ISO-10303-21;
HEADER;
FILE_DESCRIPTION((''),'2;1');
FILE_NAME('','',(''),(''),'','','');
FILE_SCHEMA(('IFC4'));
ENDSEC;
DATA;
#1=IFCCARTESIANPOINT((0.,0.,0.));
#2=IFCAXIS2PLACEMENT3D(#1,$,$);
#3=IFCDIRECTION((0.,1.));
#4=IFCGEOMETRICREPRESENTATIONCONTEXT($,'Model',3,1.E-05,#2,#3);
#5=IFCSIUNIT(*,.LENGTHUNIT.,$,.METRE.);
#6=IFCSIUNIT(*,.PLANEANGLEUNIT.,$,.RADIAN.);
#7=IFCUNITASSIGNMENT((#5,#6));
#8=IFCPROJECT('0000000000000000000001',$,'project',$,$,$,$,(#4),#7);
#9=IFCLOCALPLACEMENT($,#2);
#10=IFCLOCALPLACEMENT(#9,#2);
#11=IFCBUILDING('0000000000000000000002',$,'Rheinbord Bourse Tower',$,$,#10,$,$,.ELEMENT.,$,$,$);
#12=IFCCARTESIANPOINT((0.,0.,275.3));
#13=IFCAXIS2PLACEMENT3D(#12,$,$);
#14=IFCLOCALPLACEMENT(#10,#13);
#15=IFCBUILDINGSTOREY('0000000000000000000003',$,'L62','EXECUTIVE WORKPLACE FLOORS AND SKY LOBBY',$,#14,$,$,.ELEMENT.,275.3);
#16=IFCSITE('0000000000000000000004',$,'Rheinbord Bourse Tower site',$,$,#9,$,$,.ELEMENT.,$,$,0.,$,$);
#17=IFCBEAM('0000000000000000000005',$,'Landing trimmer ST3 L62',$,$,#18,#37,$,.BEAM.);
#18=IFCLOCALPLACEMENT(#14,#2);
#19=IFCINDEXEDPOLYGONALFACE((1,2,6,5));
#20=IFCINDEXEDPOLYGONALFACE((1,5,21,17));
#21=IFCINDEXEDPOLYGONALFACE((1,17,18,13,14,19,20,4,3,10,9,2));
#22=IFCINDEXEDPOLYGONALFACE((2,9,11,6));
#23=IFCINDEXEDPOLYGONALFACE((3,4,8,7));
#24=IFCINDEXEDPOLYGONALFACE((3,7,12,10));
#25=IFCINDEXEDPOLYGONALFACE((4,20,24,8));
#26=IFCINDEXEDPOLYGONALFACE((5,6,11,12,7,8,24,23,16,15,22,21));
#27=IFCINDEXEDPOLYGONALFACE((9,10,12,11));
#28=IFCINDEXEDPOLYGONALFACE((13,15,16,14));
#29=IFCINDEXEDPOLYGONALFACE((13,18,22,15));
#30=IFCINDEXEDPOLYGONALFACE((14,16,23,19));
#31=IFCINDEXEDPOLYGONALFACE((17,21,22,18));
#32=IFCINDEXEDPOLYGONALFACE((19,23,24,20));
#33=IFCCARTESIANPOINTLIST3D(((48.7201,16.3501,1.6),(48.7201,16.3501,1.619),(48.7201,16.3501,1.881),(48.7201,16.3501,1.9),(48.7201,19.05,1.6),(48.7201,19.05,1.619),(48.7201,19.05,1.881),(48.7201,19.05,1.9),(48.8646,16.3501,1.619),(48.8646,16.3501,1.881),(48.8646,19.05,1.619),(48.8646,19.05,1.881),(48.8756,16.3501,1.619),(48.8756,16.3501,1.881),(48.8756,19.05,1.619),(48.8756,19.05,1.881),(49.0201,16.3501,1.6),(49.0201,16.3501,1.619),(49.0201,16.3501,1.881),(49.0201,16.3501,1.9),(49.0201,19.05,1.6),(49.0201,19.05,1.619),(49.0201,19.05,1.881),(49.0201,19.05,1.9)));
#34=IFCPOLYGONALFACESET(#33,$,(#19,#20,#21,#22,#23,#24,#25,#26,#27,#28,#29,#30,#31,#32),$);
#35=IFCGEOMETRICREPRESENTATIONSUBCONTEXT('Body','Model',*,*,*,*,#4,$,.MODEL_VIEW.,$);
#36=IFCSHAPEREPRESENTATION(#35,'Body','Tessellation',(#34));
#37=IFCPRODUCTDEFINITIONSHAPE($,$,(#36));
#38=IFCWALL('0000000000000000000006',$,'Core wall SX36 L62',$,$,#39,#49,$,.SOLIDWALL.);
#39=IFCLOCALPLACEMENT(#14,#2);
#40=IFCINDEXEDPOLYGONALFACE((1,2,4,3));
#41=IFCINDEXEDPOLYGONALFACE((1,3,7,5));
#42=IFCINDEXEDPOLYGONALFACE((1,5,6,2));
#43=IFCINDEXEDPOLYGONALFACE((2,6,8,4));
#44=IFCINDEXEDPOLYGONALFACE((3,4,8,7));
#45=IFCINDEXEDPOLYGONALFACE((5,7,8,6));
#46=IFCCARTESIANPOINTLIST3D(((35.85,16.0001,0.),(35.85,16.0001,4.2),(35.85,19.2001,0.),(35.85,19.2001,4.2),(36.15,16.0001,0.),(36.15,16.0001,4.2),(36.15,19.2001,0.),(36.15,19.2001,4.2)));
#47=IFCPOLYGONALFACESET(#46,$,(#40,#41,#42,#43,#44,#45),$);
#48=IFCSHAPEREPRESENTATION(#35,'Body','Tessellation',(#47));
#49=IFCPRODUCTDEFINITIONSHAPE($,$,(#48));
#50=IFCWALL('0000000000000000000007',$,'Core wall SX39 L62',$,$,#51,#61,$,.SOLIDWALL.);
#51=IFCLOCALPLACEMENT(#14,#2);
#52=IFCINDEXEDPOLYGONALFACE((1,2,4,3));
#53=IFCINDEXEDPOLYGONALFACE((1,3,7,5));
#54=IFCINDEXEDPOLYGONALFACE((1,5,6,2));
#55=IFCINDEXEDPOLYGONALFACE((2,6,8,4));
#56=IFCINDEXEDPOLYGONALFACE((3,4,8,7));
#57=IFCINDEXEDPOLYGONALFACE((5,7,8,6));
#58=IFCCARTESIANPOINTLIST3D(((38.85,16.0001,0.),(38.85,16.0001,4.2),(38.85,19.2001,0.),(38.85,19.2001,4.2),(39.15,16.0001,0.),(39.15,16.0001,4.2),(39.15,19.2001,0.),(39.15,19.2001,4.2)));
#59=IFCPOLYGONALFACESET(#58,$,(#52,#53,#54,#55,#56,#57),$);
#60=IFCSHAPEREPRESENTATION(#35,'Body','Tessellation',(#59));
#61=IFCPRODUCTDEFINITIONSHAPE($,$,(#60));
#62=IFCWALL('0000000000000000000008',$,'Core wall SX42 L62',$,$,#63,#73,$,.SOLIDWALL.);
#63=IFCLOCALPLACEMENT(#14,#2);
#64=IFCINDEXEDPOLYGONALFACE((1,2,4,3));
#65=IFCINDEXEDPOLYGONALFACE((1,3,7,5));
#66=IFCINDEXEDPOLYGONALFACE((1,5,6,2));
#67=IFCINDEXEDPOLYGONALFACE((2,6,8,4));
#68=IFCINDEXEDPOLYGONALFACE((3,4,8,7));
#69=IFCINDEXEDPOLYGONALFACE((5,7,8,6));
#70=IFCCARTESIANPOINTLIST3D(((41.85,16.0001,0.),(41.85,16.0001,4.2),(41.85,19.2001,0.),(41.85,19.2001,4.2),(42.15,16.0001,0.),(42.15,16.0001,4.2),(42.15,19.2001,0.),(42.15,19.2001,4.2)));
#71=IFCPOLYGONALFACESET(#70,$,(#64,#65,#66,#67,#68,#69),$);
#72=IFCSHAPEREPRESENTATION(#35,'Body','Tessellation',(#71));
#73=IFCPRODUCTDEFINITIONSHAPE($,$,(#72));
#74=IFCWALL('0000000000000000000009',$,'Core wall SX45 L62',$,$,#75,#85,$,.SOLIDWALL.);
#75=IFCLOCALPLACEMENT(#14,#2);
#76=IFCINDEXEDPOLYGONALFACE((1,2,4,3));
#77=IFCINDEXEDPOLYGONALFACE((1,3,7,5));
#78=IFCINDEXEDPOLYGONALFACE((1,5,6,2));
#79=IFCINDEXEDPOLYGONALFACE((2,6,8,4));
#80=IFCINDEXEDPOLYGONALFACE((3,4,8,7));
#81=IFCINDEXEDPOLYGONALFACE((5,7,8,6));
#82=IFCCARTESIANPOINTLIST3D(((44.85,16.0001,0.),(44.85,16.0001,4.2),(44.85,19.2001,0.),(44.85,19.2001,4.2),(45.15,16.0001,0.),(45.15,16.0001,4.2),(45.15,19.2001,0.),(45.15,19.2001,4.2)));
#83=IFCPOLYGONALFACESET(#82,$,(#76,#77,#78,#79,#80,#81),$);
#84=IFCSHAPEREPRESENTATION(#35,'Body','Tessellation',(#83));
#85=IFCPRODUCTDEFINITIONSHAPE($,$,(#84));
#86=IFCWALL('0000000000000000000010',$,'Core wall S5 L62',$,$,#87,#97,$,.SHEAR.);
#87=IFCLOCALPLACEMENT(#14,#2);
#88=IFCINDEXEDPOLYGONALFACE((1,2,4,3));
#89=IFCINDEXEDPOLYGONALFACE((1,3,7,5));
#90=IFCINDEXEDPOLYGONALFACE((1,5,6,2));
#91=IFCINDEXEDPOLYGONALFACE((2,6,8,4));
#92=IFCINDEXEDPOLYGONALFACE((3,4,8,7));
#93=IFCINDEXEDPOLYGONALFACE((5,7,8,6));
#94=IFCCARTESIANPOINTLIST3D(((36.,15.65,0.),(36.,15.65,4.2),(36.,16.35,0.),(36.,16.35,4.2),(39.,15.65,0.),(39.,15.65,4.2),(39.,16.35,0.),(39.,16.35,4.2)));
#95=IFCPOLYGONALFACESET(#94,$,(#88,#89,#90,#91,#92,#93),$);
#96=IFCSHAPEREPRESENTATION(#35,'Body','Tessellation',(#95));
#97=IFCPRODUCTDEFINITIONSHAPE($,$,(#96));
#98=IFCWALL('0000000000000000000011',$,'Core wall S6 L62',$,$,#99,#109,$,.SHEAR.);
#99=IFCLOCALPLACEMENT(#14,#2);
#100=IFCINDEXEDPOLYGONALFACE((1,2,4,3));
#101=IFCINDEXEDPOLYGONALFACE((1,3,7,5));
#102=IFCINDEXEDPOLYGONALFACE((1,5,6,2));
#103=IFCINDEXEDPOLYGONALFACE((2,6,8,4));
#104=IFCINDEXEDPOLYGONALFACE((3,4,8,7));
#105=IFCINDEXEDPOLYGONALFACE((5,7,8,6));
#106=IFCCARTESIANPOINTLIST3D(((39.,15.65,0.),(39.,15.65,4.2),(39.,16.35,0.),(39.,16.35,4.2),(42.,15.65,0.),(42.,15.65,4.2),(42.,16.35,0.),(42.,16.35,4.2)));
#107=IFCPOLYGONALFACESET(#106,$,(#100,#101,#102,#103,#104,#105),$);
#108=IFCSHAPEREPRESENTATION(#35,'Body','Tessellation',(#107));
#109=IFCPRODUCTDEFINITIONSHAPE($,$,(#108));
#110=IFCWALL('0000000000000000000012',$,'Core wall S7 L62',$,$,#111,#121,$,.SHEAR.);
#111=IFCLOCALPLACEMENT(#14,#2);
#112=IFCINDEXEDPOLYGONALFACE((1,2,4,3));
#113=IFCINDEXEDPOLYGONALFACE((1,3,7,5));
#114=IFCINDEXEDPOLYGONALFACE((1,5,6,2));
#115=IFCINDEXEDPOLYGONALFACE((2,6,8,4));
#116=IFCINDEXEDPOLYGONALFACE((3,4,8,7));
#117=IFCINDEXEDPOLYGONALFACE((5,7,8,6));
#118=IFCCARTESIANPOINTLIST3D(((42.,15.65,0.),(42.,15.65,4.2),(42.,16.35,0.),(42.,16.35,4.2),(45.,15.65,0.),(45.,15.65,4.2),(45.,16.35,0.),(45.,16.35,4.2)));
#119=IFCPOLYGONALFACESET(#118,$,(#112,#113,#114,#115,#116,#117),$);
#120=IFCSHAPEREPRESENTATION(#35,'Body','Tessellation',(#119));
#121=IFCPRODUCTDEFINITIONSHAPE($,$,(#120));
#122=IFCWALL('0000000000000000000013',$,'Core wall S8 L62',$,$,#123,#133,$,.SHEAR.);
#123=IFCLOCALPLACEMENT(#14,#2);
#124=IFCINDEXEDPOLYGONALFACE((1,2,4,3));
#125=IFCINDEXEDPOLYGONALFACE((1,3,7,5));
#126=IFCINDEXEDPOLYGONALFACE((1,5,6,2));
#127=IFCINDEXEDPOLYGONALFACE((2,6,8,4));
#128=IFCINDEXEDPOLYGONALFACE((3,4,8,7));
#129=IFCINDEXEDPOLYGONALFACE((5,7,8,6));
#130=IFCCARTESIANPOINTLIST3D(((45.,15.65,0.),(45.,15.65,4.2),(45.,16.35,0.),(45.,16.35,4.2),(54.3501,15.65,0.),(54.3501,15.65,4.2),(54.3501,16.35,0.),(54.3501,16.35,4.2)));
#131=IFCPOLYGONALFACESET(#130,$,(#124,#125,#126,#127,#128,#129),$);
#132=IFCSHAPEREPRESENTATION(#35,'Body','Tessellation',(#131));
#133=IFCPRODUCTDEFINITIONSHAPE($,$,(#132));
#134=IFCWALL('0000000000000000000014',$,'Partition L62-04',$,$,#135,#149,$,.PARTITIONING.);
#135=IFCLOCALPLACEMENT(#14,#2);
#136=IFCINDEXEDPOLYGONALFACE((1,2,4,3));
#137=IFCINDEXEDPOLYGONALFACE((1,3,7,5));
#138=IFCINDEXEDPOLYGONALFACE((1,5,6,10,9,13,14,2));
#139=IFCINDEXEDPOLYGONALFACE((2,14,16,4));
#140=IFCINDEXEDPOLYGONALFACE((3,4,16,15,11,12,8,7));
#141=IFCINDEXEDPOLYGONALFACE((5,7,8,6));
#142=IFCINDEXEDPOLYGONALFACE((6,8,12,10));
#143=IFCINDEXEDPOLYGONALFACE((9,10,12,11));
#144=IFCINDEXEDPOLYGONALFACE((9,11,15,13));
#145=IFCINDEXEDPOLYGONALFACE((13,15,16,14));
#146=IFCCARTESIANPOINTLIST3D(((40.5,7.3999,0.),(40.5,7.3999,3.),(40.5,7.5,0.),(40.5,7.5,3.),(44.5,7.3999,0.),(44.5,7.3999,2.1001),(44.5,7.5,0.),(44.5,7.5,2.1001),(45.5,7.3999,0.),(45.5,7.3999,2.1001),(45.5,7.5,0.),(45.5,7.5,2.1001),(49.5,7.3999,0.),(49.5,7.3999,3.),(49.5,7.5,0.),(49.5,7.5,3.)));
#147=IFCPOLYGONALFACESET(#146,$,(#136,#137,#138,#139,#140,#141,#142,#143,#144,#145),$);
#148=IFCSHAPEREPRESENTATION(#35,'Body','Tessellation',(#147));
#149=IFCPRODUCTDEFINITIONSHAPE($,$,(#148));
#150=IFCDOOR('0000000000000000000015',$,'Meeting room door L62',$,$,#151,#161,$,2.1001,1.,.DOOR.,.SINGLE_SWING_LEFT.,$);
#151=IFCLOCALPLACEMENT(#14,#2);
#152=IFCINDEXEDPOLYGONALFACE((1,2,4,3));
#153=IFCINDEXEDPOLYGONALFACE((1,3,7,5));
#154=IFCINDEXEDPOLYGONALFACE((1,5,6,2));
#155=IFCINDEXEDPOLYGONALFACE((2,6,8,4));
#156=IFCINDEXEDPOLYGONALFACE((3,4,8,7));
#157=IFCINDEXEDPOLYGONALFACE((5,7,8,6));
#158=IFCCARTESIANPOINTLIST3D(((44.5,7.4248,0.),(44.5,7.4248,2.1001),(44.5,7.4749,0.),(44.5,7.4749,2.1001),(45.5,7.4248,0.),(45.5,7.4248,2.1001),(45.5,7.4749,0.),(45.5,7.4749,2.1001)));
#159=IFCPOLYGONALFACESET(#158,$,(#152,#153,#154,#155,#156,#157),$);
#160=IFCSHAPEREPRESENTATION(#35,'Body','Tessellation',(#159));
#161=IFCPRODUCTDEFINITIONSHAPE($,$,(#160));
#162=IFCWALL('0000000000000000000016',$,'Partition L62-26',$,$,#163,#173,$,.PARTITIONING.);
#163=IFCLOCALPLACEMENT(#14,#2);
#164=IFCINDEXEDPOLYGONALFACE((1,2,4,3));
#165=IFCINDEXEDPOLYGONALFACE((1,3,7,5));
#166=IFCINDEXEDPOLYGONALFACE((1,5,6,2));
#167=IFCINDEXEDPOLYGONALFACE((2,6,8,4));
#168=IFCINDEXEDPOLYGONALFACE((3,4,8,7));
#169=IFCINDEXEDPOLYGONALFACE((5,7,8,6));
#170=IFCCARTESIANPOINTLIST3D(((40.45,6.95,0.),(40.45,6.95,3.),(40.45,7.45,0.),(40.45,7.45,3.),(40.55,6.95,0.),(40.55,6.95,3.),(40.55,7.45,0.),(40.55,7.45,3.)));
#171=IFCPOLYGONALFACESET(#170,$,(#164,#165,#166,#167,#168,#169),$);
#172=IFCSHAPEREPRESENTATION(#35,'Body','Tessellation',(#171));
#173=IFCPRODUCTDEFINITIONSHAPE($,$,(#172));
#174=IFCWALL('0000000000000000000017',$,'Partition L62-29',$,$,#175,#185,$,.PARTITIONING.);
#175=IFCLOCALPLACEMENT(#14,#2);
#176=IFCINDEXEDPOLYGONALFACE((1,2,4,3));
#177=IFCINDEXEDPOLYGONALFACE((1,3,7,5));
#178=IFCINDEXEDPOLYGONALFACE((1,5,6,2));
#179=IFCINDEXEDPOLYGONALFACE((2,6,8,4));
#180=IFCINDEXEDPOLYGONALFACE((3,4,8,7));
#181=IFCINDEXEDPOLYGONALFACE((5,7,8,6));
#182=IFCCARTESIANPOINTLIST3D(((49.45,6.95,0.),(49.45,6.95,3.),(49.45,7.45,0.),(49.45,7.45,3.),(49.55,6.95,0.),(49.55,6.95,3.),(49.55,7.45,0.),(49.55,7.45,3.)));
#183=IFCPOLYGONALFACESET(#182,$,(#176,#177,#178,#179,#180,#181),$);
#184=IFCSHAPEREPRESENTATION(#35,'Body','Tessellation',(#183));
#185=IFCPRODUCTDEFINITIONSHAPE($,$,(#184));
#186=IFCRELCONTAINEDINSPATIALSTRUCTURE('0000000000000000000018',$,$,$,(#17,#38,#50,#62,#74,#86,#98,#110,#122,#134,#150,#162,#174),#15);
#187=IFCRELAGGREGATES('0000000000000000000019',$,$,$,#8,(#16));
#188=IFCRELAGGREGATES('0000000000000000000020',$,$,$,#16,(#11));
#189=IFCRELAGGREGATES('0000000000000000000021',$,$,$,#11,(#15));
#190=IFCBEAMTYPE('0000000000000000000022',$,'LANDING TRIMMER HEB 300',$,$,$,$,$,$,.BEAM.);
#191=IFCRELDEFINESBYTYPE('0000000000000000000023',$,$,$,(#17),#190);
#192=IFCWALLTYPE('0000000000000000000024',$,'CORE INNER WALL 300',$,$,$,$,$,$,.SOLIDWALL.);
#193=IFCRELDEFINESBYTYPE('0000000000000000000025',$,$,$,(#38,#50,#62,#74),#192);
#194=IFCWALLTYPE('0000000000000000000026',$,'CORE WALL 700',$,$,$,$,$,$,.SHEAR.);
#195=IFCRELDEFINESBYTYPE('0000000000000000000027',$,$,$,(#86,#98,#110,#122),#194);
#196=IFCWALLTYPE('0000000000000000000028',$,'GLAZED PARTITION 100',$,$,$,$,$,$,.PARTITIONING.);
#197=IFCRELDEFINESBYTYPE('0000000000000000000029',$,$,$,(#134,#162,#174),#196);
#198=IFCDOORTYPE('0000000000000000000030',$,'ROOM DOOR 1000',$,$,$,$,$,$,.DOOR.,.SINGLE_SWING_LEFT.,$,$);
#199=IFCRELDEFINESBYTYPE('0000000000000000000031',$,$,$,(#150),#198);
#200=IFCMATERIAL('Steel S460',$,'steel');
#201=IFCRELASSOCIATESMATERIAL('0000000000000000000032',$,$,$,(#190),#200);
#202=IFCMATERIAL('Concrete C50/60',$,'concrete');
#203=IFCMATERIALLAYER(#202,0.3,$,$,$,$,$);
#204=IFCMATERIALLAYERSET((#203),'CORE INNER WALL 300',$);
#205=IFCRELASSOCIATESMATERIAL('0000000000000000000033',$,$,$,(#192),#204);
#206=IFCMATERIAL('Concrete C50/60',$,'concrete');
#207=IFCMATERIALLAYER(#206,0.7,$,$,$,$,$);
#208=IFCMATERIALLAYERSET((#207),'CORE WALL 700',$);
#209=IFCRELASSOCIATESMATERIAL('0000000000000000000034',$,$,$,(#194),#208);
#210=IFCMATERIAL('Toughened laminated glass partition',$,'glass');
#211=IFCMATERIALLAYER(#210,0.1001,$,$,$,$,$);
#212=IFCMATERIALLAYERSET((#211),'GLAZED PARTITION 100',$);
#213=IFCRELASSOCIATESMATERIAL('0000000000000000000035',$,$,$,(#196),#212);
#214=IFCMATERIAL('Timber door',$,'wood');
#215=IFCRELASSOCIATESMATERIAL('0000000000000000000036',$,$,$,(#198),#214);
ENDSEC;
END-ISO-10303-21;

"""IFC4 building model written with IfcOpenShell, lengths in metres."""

from ifc_helpers import new_model, si_unit, direction, frame, frame_2d, origin, origin_2d, place, context, subcontext, project, spatial, rectangle, i_section, extrude, material, layer, layer_set, material_profile, profile_set, type_object, element, fill, save


model = new_model("IFC4")

# Units and contexts
model_context = context("Model", 3, precision=1e-05, world=origin(), true_north=direction((0.0, 1.0)))
body_context = subcontext(model_context, "Body", "Model", "MODEL_VIEW")
ifc_project = project(units=[si_unit("LENGTHUNIT", "METRE"), si_unit("PLANEANGLEUNIT", "RADIAN")], contexts=[model_context])

# Site, building, storey
site_placement = place(None, origin())
site = spatial("IfcSite", under=ifc_project, at=site_placement, Name="Rheinbord Bourse Tower site", CompositionType="ELEMENT", RefElevation=0.0)
building_placement = place(site_placement, origin())
building = spatial("IfcBuilding", under=site, at=building_placement, Name="Rheinbord Bourse Tower", CompositionType="ELEMENT")
storey_placement = place(building_placement, frame((0.0, 0.0, 275.3)))
storey = spatial("IfcBuildingStorey", under=building, at=storey_placement, Name="L62", Description="EXECUTIVE WORKPLACE FLOORS AND SKY LOBBY", CompositionType="ELEMENT", Elevation=275.3)

# Beam
ifc_material_1 = material(Name="Steel S460", Category="steel")
ifc_material_profile = material_profile(ifc_material_1, i_section(OverallWidth=0.3, OverallDepth=0.3, WebThickness=0.011, FlangeThickness=0.019, at=origin_2d()), Name="HEB 300")
ifc_profile_set = profile_set([ifc_material_profile], Name="Steel S460")
beam_type = type_object("IfcBeamType", Name="LANDING TRIMMER HEB 300", PredefinedType="BEAM", material=ifc_profile_set)
beam_placement = place(storey_placement, frame((48.8701, 16.3501, 1.75), z_axis=(0.0, 1.0, 0.0), x_axis=(-1.0, 0.0, 0.0)))
element("IfcBeam", 1, at=beam_placement, inside=storey, type_object=beam_type, Name="Landing trimmer ST3 L62", PredefinedType="BEAM", context=body_context, shape_type="SweptSolid", body=[
    extrude(i_section(OverallWidth=0.3, OverallDepth=0.3, WebThickness=0.011, FlangeThickness=0.019, at=origin_2d()), origin(), (0.0, 0.0, 1.0), 2.7),
])

# Walls
ifc_material_2 = material(Name="Concrete C50/60", Category="concrete")
ifc_layer_1 = layer(ifc_material_2, 0.3)
ifc_layer_set_1 = layer_set([ifc_layer_1], Name="CORE INNER WALL 300")
wall_type_1 = type_object("IfcWallType", Name="CORE INNER WALL 300", PredefinedType="SOLIDWALL", material=ifc_layer_set_1)
for number, where, z_axis, x_axis, name in (
    (2, (36.0, 16.0, 0.0), (0.0, 0.0, 1.0), (0.0, 1.0, 0.0), "Core wall SX36 L62"),
    (3, (39.0, 16.0, 0.0), (0.0, 0.0, 1.0), (0.0, 1.0, 0.0), "Core wall SX39 L62"),
    (4, (42.0, 16.0, 0.0), (0.0, 0.0, 1.0), (0.0, 1.0, 0.0), "Core wall SX42 L62"),
    (5, (45.0, 16.0, 0.0), (0.0, 0.0, 1.0), (0.0, 1.0, 0.0), "Core wall SX45 L62"),
):
    element("IfcWall", number, at=place(storey_placement, frame(where, z_axis=z_axis, x_axis=x_axis)), inside=storey, type_object=wall_type_1, Name=name, PredefinedType="SOLIDWALL", context=body_context, shape_type="SweptSolid", body=[
        extrude(rectangle(XDim=3.2, YDim=0.3, at=frame_2d((1.6001, 0.0))), origin(), (0.0, 0.0, 1.0), 4.2),
    ])
ifc_material_3 = material(Name="Concrete C50/60", Category="concrete")
ifc_layer_2 = layer(ifc_material_3, 0.7)
ifc_layer_set_2 = layer_set([ifc_layer_2], Name="CORE WALL 700")
wall_type_2 = type_object("IfcWallType", Name="CORE WALL 700", PredefinedType="SHEAR", material=ifc_layer_set_2)
for number, where, z_axis, x_axis, name in (
    (6, (36.0, 16.0, 0.0), (0.0, 0.0, 1.0), (1.0, 0.0, 0.0), "Core wall S5 L62"),
    (7, (39.0, 16.0, 0.0), (0.0, 0.0, 1.0), (1.0, 0.0, 0.0), "Core wall S6 L62"),
    (8, (42.0, 16.0, 0.0), (0.0, 0.0, 1.0), (1.0, 0.0, 0.0), "Core wall S7 L62"),
):
    element("IfcWall", number, at=place(storey_placement, frame(where, z_axis=z_axis, x_axis=x_axis)), inside=storey, type_object=wall_type_2, Name=name, PredefinedType="SHEAR", context=body_context, shape_type="SweptSolid", body=[
        extrude(rectangle(XDim=3.0, YDim=0.7, at=frame_2d((1.5, 0.0))), origin(), (0.0, 0.0, 1.0), 4.2),
    ])
wall_1_placement = place(storey_placement, frame((45.0, 16.0, 0.0), z_axis=(0.0, 0.0, 1.0), x_axis=(1.0, 0.0, 0.0)))
element("IfcWall", 9, at=wall_1_placement, inside=storey, type_object=wall_type_2, Name="Core wall S8 L62", PredefinedType="SHEAR", context=body_context, shape_type="SweptSolid", body=[
    extrude(rectangle(XDim=9.3501, YDim=0.7, at=frame_2d((4.675, 0.0))), origin(), (0.0, 0.0, 1.0), 4.2),
])

# Wall, opening, door
ifc_material_4 = material(Name="Toughened laminated glass partition", Category="glass")
ifc_layer_3 = layer(ifc_material_4, 0.1001)
ifc_layer_set_3 = layer_set([ifc_layer_3], Name="GLAZED PARTITION 100")
wall_type_3 = type_object("IfcWallType", Name="GLAZED PARTITION 100", PredefinedType="PARTITIONING", material=ifc_layer_set_3)
wall_2_placement = place(storey_placement, frame((40.5, 7.45, 0.0), z_axis=(0.0, 0.0, 1.0), x_axis=(1.0, 0.0, 0.0)))
wall_2 = element("IfcWall", 10, at=wall_2_placement, inside=storey, type_object=wall_type_3, Name="Partition L62-04", PredefinedType="PARTITIONING", context=body_context, shape_type="SweptSolid", body=[
    extrude(rectangle(XDim=9.0, YDim=0.1001, at=frame_2d((4.5, 0.0))), origin(), (0.0, 0.0, 1.0), 3.0),
])
opening_1_placement = place(wall_2_placement, frame((4.0, 0.0, 0.0)))
opening_1 = element("IfcOpeningElement", 11, at=opening_1_placement, cuts=wall_2, PredefinedType="OPENING", context=body_context, shape_type="SweptSolid", body=[
    extrude(rectangle(XDim=1.0, YDim=2.1001, at=frame_2d((0.5, 1.05))), frame((0.0, 0.0601, 0.0), z_axis=(0.0, -1.0, 0.0), x_axis=(1.0, 0.0, 0.0)), (0.0, 0.0, 1.0), 0.1201),
])
ifc_material_5 = material(Name="Timber door", Category="wood")
door_type = type_object("IfcDoorType", Name="ROOM DOOR 1000", OperationType="SINGLE_SWING_LEFT", PredefinedType="DOOR", material=ifc_material_5)
door_1_placement = place(opening_1_placement, origin())
door_1 = element("IfcDoor", 12, at=door_1_placement, inside=storey, type_object=door_type, Name="Meeting room door L62", OperationType="SINGLE_SWING_LEFT", OverallHeight=2.1001, OverallWidth=1.0, PredefinedType="DOOR", context=body_context, shape_type="SweptSolid", body=[
    extrude(rectangle(XDim=1.0, YDim=2.1001, at=frame_2d((0.5, 1.05))), frame((0.0, 0.0249, 0.0), z_axis=(0.0, -1.0, 0.0), x_axis=(1.0, 0.0, 0.0)), (0.0, 0.0, 1.0), 0.05),
])
fill(opening_1, door_1)

# Walls
for number, where, z_axis, x_axis, name in (
    (13, (40.5, 6.95, 0.0), (0.0, 0.0, 1.0), (0.0, 1.0, 0.0), "Partition L62-26"),
    (14, (49.5, 6.95, 0.0), (0.0, 0.0, 1.0), (0.0, 1.0, 0.0), "Partition L62-29"),
):
    element("IfcWall", number, at=place(storey_placement, frame(where, z_axis=z_axis, x_axis=x_axis)), inside=storey, type_object=wall_type_3, Name=name, PredefinedType="PARTITIONING", context=body_context, shape_type="SweptSolid", body=[
        extrude(rectangle(XDim=0.5, YDim=0.1001, at=frame_2d((0.25, 0.0))), origin(), (0.0, 0.0, 1.0), 3.0),
    ])

save(model, "model.ifc")
